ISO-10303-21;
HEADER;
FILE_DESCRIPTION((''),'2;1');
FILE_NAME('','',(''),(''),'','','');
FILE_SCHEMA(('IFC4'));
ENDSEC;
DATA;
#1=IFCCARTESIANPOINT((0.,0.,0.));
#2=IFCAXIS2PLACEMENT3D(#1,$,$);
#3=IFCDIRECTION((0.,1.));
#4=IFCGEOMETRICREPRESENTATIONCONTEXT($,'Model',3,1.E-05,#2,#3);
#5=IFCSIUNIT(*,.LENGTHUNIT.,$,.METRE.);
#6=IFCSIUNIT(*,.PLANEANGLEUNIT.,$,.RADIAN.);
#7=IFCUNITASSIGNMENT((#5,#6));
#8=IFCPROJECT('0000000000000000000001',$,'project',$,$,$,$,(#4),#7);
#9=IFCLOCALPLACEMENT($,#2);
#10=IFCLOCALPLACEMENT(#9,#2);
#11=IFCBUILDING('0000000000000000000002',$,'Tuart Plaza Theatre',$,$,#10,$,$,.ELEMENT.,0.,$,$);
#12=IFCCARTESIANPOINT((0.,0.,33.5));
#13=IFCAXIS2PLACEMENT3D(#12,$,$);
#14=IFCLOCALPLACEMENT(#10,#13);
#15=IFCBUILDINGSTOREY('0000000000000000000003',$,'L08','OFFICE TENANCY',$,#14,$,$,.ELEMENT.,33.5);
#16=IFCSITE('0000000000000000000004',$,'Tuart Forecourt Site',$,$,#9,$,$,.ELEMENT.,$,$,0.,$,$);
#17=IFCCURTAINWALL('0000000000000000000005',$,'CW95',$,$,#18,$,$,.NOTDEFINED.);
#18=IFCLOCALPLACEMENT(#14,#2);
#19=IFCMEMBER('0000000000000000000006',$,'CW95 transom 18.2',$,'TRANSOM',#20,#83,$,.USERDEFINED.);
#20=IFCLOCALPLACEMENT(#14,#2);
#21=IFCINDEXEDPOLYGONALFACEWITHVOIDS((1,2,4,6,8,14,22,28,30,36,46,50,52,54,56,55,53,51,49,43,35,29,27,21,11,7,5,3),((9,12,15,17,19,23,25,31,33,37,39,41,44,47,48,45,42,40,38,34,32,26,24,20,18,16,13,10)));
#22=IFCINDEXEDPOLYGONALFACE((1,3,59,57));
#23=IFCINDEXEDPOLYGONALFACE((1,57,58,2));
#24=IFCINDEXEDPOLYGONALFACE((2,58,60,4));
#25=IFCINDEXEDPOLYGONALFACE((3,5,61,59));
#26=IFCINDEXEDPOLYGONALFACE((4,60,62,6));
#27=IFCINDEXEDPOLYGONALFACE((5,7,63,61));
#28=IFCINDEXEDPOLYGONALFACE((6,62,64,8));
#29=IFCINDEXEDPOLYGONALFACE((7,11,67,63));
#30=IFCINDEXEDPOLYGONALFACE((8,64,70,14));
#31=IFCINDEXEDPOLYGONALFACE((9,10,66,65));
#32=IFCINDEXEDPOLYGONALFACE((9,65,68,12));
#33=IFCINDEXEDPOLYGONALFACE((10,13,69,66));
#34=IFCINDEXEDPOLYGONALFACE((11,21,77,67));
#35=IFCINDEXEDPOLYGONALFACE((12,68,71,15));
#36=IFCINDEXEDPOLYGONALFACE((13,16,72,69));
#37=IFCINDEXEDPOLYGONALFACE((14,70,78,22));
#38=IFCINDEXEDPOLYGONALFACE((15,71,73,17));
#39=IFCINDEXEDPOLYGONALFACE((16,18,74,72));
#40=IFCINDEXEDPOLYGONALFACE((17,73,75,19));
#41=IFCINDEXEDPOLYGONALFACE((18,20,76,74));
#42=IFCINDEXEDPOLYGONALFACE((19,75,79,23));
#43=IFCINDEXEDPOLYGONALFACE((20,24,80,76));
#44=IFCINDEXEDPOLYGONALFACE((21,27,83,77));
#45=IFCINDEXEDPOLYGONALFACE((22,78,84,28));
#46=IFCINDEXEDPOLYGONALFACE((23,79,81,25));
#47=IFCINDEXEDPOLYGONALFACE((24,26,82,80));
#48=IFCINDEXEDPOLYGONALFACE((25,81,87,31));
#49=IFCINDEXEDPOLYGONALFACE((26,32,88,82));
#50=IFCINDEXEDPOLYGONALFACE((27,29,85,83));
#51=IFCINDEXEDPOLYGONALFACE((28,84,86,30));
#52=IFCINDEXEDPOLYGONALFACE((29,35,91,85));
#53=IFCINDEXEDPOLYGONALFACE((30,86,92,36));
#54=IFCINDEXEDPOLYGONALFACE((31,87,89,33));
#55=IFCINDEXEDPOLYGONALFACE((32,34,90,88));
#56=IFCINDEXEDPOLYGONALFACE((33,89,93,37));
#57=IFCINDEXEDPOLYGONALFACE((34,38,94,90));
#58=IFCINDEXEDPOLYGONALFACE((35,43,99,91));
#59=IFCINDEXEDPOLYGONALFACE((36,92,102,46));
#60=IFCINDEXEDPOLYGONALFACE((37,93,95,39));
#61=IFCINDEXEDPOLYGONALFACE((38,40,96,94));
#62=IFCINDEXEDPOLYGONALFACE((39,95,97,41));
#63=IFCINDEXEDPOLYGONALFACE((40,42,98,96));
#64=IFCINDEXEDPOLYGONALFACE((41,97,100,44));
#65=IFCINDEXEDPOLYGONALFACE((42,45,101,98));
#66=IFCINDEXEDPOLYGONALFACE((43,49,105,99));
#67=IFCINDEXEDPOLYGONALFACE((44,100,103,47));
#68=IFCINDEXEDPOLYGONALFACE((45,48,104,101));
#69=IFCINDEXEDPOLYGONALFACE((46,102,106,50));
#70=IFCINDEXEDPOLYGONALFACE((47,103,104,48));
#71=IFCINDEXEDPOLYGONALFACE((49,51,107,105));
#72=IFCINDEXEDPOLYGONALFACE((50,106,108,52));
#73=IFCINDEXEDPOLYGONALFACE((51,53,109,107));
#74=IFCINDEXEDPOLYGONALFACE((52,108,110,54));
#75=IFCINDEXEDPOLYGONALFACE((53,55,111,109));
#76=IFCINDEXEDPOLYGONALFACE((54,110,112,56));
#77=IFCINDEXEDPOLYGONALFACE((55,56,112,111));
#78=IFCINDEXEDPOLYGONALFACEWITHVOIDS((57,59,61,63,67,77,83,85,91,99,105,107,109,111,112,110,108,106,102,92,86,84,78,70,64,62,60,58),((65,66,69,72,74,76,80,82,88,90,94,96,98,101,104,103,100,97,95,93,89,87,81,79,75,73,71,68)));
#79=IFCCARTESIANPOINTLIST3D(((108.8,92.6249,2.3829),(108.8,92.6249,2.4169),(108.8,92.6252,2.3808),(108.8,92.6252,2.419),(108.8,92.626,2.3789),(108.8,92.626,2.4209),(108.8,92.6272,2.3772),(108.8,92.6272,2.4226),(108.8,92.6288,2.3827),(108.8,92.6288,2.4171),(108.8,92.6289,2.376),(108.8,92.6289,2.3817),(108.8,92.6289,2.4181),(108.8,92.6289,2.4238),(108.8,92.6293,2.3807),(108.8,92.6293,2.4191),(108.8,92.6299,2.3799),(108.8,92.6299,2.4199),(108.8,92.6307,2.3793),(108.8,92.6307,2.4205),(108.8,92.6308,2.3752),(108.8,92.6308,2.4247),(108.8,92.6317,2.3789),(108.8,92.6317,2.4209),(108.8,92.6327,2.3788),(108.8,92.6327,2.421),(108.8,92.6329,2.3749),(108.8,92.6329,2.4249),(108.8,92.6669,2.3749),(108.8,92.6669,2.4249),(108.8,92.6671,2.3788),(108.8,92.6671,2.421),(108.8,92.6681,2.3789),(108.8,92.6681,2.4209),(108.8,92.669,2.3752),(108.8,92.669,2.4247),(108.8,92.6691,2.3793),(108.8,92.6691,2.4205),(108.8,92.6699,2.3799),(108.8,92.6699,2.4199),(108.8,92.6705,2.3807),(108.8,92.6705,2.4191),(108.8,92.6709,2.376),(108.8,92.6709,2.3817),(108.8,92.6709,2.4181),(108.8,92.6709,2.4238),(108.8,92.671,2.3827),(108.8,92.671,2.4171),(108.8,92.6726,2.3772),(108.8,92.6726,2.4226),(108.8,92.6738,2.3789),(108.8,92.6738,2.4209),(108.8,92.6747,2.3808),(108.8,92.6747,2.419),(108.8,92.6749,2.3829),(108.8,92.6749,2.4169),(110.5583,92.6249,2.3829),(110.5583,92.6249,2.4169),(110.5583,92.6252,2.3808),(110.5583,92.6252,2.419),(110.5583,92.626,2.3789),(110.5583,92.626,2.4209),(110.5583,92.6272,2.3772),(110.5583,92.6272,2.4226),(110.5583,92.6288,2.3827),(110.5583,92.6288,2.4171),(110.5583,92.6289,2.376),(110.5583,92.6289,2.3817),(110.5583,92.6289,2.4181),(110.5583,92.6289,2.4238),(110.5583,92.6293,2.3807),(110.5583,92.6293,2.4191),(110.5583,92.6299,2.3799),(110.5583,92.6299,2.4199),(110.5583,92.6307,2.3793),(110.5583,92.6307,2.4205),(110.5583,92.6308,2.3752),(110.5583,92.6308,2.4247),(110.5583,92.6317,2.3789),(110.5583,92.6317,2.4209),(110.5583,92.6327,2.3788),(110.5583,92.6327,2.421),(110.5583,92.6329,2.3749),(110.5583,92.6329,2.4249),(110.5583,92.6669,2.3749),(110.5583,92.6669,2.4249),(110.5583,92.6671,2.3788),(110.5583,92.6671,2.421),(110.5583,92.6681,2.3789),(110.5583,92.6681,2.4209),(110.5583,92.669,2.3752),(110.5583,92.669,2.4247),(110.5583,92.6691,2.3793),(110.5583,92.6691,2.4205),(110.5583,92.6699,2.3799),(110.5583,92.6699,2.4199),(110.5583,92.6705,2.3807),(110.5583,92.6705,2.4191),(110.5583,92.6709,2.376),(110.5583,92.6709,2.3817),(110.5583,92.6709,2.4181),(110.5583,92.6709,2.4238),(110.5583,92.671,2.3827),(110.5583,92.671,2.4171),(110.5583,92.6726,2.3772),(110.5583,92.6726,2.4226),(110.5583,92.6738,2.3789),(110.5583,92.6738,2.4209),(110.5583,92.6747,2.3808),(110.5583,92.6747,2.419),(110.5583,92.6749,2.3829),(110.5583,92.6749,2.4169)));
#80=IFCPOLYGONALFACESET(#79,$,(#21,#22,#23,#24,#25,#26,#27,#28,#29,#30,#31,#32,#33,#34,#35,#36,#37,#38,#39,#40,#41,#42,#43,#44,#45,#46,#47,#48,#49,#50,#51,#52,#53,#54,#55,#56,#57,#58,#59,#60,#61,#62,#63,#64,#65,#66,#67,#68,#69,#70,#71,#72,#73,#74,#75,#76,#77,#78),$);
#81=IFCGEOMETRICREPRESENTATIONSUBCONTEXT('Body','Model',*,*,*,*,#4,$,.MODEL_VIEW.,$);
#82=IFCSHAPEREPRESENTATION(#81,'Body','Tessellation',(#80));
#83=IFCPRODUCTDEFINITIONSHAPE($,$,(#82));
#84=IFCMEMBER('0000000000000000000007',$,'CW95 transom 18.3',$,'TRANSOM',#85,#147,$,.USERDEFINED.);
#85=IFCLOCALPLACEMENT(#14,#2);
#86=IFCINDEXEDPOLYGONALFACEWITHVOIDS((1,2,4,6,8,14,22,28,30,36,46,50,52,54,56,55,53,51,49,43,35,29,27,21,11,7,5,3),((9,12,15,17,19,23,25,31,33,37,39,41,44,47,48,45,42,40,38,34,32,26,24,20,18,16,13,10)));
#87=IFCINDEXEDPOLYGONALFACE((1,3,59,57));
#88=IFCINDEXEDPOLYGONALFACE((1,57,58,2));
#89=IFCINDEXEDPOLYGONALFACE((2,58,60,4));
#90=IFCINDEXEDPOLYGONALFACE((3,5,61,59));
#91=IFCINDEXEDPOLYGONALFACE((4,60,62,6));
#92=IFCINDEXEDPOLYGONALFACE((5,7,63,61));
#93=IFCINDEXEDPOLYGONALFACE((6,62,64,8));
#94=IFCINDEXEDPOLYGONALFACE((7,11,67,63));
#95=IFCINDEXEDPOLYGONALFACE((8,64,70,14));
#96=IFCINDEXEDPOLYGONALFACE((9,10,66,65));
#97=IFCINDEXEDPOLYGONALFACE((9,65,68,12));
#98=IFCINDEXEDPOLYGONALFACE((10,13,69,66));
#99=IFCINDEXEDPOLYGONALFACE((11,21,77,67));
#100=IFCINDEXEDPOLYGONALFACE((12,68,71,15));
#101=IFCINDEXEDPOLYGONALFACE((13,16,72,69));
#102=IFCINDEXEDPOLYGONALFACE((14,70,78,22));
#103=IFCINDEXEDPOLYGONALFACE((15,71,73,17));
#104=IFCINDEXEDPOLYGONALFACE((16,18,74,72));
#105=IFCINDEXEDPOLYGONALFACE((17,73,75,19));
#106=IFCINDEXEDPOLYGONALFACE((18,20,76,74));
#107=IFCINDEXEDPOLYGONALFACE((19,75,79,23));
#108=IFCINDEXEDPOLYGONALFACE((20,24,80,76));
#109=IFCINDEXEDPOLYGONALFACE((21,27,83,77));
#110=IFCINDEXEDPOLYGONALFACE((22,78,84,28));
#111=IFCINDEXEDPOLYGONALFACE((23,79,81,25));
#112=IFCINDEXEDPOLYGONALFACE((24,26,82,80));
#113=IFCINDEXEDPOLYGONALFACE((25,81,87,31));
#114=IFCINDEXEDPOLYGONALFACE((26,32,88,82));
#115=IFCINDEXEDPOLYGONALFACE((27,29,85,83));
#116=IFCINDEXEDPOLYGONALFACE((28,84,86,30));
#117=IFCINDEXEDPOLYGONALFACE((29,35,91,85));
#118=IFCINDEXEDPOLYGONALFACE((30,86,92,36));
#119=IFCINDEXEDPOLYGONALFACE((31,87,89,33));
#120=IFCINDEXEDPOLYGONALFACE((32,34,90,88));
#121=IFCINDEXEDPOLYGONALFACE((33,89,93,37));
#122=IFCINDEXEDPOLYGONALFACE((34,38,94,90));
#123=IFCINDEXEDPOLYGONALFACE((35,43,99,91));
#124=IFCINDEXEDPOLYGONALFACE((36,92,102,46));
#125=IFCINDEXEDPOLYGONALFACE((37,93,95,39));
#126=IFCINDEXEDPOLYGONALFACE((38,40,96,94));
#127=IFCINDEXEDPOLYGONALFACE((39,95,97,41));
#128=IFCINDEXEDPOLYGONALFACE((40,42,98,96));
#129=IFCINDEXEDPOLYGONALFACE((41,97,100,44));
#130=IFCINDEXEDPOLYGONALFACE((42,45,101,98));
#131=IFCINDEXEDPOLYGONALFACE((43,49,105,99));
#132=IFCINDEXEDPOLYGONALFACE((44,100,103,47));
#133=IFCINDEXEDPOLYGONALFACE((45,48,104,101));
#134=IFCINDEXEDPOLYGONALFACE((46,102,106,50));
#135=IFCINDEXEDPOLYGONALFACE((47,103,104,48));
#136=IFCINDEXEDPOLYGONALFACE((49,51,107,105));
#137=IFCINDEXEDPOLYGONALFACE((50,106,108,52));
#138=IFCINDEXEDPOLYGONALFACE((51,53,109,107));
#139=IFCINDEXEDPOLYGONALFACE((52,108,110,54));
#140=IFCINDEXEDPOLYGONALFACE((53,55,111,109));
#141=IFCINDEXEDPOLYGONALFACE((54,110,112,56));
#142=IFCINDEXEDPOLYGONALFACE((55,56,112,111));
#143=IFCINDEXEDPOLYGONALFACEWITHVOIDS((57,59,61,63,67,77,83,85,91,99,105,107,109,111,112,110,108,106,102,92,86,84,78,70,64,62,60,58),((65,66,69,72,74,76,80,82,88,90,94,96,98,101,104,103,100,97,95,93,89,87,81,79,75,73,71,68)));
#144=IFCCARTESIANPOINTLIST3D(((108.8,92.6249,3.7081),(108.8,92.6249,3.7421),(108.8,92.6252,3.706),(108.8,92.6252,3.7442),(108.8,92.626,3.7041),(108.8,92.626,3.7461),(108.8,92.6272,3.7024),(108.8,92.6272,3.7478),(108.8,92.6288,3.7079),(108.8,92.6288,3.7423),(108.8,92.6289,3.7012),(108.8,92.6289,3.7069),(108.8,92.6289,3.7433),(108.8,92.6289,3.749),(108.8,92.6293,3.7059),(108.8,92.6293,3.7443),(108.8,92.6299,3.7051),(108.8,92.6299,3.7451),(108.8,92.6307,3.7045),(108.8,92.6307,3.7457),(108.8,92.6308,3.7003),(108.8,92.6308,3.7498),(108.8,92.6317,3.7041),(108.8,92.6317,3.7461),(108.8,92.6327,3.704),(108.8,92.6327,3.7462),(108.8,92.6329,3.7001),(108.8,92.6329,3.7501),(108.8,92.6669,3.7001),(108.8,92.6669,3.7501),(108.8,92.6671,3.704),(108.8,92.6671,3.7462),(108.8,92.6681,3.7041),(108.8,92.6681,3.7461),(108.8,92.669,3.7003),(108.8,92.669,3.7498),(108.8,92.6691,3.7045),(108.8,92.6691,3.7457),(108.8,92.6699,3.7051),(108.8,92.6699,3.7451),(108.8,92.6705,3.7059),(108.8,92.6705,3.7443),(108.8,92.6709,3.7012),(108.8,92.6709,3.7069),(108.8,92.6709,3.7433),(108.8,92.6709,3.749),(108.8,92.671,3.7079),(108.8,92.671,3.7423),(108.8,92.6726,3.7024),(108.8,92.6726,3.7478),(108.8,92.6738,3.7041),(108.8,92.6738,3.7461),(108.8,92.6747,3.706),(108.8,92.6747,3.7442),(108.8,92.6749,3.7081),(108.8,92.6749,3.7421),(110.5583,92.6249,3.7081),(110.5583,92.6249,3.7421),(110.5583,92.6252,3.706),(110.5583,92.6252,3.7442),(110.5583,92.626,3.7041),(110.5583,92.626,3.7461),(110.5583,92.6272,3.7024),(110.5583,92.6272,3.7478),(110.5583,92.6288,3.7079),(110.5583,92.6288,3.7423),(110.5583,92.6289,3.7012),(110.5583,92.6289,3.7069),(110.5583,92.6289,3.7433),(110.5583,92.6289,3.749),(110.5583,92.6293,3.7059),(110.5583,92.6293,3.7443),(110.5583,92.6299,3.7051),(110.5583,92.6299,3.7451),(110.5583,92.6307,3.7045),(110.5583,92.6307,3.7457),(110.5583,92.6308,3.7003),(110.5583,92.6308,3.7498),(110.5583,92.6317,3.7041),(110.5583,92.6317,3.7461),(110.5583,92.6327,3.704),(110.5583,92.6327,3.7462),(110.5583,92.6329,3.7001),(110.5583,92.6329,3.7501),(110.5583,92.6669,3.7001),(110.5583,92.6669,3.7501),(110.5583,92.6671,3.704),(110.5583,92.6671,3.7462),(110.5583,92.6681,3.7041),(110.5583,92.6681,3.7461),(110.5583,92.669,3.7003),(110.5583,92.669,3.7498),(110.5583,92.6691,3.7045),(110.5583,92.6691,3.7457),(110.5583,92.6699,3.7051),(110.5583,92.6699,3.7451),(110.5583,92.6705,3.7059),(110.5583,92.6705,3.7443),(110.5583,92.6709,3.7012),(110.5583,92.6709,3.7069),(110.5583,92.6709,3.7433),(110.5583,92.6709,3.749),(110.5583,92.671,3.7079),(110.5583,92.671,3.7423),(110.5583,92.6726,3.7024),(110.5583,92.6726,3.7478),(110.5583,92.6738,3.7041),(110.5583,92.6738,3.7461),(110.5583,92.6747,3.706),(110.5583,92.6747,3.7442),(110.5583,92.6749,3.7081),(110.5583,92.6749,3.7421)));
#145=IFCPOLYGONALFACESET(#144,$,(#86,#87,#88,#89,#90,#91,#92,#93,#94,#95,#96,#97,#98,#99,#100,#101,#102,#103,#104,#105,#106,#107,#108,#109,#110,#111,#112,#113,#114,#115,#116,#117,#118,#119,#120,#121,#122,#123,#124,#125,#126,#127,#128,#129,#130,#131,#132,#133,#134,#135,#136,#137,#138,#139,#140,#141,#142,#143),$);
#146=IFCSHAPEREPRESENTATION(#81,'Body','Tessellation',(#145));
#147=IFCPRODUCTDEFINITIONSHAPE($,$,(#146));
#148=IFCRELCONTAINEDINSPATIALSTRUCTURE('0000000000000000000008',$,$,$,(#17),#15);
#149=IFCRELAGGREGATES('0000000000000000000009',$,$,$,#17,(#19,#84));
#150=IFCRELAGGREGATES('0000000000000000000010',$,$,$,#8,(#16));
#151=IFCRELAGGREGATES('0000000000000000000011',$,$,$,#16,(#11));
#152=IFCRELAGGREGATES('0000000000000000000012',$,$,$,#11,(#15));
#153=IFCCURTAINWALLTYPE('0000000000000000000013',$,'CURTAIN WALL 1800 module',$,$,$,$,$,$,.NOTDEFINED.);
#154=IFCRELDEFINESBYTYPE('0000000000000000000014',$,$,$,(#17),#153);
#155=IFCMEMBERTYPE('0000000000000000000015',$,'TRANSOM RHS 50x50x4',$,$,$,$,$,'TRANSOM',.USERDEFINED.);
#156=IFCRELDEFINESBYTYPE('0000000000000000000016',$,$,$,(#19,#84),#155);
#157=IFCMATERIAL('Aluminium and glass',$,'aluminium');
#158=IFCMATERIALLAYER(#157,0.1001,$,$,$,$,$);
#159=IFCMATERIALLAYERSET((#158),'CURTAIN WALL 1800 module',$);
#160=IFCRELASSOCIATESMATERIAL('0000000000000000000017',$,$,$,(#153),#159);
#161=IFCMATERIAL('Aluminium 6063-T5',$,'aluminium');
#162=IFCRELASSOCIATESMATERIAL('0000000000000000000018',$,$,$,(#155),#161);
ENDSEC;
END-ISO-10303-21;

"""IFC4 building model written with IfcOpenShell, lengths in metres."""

from ifc_helpers import new_model, si_unit, direction, frame, origin, origin_2d, place, context, subcontext, project, spatial, hollow_rectangle, extrude, material, layer, layer_set, material_profile, profile_set, type_object, element, aggregate, save


model = new_model("IFC4")

# Units and contexts
model_context = context("Model", 3, precision=1e-05, world=origin(), true_north=direction((0.0, 1.0)))
body_context = subcontext(model_context, "Body", "Model", "MODEL_VIEW")
ifc_project = project(units=[si_unit("LENGTHUNIT", "METRE"), si_unit("PLANEANGLEUNIT", "RADIAN")], contexts=[model_context])

# Site, building, storey
site_placement = place(None, origin())
site = spatial("IfcSite", under=ifc_project, at=site_placement, Name="Tuart Forecourt Site", CompositionType="ELEMENT", RefElevation=0.0)
building_placement = place(site_placement, origin())
building = spatial("IfcBuilding", under=site, at=building_placement, Name="Tuart Plaza Theatre", CompositionType="ELEMENT", ElevationOfRefHeight=0.0)
storey_placement = place(building_placement, frame((0.0, 0.0, 33.5)))
storey = spatial("IfcBuildingStorey", under=building, at=storey_placement, Name="L08", Description="OFFICE TENANCY", CompositionType="ELEMENT", Elevation=33.5)

# Curtain wall, members
ifc_material_1 = material(Name="Aluminium and glass", Category="aluminium")
ifc_layer_1 = layer(ifc_material_1, 0.1001)
ifc_layer_set_1 = layer_set([ifc_layer_1], Name="CURTAIN WALL 1800 module")
curtain_wall_type_1 = type_object("IfcCurtainWallType", Name="CURTAIN WALL 1800 module", PredefinedType="NOTDEFINED", material=ifc_layer_set_1)
curtain_wall_1_placement = place(storey_placement, origin())
curtain_wall_1 = element("IfcCurtainWall", 1, at=curtain_wall_1_placement, inside=storey, type_object=curtain_wall_type_1, Name="CW95", PredefinedType="NOTDEFINED")
ifc_material_2 = material(Name="Aluminium 6063-T5", Category="aluminium")
ifc_material_profile_1 = material_profile(ifc_material_2, hollow_rectangle(XDim=0.05, YDim=0.05, WallThickness=0.0039, InnerFilletRadius=0.0039, OuterFilletRadius=0.0081, at=origin_2d()), Name="RHS 50x50x4")
ifc_profile_set_1 = profile_set([ifc_material_profile_1], Name="Aluminium 6063-T5")
member_type_1 = type_object("IfcMemberType", Name="TRANSOM RHS 50x50x4", ElementType="TRANSOM", PredefinedType="USERDEFINED", material=ifc_profile_set_1)
member_1_placement = place(storey_placement, frame((110.5583, 92.6499, 2.3999), z_axis=(-1.0, 0.0, 0.0), x_axis=(0.0, -1.0, 0.0)))
member_1 = element("IfcMember", 2, at=member_1_placement, type_object=member_type_1, Name="CW95 transom 18.2", ObjectType="TRANSOM", PredefinedType="USERDEFINED", context=body_context, shape_type="SweptSolid", body=[
    extrude(hollow_rectangle(XDim=0.05, YDim=0.05, WallThickness=0.0039, InnerFilletRadius=0.0039, OuterFilletRadius=0.0081, at=origin_2d()), origin(), (0.0, 0.0, 1.0), 1.7583),
])
member_2_placement = place(storey_placement, frame((110.5583, 92.6499, 3.7251), z_axis=(-1.0, 0.0, 0.0), x_axis=(0.0, -1.0, 0.0)))
member_2 = element("IfcMember", 3, at=member_2_placement, type_object=member_type_1, Name="CW95 transom 18.3", ObjectType="TRANSOM", PredefinedType="USERDEFINED", context=body_context, shape_type="SweptSolid", body=[
    extrude(hollow_rectangle(XDim=0.05, YDim=0.05, WallThickness=0.0039, InnerFilletRadius=0.0039, OuterFilletRadius=0.0081, at=origin_2d()), origin(), (0.0, 0.0, 1.0), 1.7583),
])

aggregate(curtain_wall_1, [member_1, member_2])

save(model, "model.ifc")
